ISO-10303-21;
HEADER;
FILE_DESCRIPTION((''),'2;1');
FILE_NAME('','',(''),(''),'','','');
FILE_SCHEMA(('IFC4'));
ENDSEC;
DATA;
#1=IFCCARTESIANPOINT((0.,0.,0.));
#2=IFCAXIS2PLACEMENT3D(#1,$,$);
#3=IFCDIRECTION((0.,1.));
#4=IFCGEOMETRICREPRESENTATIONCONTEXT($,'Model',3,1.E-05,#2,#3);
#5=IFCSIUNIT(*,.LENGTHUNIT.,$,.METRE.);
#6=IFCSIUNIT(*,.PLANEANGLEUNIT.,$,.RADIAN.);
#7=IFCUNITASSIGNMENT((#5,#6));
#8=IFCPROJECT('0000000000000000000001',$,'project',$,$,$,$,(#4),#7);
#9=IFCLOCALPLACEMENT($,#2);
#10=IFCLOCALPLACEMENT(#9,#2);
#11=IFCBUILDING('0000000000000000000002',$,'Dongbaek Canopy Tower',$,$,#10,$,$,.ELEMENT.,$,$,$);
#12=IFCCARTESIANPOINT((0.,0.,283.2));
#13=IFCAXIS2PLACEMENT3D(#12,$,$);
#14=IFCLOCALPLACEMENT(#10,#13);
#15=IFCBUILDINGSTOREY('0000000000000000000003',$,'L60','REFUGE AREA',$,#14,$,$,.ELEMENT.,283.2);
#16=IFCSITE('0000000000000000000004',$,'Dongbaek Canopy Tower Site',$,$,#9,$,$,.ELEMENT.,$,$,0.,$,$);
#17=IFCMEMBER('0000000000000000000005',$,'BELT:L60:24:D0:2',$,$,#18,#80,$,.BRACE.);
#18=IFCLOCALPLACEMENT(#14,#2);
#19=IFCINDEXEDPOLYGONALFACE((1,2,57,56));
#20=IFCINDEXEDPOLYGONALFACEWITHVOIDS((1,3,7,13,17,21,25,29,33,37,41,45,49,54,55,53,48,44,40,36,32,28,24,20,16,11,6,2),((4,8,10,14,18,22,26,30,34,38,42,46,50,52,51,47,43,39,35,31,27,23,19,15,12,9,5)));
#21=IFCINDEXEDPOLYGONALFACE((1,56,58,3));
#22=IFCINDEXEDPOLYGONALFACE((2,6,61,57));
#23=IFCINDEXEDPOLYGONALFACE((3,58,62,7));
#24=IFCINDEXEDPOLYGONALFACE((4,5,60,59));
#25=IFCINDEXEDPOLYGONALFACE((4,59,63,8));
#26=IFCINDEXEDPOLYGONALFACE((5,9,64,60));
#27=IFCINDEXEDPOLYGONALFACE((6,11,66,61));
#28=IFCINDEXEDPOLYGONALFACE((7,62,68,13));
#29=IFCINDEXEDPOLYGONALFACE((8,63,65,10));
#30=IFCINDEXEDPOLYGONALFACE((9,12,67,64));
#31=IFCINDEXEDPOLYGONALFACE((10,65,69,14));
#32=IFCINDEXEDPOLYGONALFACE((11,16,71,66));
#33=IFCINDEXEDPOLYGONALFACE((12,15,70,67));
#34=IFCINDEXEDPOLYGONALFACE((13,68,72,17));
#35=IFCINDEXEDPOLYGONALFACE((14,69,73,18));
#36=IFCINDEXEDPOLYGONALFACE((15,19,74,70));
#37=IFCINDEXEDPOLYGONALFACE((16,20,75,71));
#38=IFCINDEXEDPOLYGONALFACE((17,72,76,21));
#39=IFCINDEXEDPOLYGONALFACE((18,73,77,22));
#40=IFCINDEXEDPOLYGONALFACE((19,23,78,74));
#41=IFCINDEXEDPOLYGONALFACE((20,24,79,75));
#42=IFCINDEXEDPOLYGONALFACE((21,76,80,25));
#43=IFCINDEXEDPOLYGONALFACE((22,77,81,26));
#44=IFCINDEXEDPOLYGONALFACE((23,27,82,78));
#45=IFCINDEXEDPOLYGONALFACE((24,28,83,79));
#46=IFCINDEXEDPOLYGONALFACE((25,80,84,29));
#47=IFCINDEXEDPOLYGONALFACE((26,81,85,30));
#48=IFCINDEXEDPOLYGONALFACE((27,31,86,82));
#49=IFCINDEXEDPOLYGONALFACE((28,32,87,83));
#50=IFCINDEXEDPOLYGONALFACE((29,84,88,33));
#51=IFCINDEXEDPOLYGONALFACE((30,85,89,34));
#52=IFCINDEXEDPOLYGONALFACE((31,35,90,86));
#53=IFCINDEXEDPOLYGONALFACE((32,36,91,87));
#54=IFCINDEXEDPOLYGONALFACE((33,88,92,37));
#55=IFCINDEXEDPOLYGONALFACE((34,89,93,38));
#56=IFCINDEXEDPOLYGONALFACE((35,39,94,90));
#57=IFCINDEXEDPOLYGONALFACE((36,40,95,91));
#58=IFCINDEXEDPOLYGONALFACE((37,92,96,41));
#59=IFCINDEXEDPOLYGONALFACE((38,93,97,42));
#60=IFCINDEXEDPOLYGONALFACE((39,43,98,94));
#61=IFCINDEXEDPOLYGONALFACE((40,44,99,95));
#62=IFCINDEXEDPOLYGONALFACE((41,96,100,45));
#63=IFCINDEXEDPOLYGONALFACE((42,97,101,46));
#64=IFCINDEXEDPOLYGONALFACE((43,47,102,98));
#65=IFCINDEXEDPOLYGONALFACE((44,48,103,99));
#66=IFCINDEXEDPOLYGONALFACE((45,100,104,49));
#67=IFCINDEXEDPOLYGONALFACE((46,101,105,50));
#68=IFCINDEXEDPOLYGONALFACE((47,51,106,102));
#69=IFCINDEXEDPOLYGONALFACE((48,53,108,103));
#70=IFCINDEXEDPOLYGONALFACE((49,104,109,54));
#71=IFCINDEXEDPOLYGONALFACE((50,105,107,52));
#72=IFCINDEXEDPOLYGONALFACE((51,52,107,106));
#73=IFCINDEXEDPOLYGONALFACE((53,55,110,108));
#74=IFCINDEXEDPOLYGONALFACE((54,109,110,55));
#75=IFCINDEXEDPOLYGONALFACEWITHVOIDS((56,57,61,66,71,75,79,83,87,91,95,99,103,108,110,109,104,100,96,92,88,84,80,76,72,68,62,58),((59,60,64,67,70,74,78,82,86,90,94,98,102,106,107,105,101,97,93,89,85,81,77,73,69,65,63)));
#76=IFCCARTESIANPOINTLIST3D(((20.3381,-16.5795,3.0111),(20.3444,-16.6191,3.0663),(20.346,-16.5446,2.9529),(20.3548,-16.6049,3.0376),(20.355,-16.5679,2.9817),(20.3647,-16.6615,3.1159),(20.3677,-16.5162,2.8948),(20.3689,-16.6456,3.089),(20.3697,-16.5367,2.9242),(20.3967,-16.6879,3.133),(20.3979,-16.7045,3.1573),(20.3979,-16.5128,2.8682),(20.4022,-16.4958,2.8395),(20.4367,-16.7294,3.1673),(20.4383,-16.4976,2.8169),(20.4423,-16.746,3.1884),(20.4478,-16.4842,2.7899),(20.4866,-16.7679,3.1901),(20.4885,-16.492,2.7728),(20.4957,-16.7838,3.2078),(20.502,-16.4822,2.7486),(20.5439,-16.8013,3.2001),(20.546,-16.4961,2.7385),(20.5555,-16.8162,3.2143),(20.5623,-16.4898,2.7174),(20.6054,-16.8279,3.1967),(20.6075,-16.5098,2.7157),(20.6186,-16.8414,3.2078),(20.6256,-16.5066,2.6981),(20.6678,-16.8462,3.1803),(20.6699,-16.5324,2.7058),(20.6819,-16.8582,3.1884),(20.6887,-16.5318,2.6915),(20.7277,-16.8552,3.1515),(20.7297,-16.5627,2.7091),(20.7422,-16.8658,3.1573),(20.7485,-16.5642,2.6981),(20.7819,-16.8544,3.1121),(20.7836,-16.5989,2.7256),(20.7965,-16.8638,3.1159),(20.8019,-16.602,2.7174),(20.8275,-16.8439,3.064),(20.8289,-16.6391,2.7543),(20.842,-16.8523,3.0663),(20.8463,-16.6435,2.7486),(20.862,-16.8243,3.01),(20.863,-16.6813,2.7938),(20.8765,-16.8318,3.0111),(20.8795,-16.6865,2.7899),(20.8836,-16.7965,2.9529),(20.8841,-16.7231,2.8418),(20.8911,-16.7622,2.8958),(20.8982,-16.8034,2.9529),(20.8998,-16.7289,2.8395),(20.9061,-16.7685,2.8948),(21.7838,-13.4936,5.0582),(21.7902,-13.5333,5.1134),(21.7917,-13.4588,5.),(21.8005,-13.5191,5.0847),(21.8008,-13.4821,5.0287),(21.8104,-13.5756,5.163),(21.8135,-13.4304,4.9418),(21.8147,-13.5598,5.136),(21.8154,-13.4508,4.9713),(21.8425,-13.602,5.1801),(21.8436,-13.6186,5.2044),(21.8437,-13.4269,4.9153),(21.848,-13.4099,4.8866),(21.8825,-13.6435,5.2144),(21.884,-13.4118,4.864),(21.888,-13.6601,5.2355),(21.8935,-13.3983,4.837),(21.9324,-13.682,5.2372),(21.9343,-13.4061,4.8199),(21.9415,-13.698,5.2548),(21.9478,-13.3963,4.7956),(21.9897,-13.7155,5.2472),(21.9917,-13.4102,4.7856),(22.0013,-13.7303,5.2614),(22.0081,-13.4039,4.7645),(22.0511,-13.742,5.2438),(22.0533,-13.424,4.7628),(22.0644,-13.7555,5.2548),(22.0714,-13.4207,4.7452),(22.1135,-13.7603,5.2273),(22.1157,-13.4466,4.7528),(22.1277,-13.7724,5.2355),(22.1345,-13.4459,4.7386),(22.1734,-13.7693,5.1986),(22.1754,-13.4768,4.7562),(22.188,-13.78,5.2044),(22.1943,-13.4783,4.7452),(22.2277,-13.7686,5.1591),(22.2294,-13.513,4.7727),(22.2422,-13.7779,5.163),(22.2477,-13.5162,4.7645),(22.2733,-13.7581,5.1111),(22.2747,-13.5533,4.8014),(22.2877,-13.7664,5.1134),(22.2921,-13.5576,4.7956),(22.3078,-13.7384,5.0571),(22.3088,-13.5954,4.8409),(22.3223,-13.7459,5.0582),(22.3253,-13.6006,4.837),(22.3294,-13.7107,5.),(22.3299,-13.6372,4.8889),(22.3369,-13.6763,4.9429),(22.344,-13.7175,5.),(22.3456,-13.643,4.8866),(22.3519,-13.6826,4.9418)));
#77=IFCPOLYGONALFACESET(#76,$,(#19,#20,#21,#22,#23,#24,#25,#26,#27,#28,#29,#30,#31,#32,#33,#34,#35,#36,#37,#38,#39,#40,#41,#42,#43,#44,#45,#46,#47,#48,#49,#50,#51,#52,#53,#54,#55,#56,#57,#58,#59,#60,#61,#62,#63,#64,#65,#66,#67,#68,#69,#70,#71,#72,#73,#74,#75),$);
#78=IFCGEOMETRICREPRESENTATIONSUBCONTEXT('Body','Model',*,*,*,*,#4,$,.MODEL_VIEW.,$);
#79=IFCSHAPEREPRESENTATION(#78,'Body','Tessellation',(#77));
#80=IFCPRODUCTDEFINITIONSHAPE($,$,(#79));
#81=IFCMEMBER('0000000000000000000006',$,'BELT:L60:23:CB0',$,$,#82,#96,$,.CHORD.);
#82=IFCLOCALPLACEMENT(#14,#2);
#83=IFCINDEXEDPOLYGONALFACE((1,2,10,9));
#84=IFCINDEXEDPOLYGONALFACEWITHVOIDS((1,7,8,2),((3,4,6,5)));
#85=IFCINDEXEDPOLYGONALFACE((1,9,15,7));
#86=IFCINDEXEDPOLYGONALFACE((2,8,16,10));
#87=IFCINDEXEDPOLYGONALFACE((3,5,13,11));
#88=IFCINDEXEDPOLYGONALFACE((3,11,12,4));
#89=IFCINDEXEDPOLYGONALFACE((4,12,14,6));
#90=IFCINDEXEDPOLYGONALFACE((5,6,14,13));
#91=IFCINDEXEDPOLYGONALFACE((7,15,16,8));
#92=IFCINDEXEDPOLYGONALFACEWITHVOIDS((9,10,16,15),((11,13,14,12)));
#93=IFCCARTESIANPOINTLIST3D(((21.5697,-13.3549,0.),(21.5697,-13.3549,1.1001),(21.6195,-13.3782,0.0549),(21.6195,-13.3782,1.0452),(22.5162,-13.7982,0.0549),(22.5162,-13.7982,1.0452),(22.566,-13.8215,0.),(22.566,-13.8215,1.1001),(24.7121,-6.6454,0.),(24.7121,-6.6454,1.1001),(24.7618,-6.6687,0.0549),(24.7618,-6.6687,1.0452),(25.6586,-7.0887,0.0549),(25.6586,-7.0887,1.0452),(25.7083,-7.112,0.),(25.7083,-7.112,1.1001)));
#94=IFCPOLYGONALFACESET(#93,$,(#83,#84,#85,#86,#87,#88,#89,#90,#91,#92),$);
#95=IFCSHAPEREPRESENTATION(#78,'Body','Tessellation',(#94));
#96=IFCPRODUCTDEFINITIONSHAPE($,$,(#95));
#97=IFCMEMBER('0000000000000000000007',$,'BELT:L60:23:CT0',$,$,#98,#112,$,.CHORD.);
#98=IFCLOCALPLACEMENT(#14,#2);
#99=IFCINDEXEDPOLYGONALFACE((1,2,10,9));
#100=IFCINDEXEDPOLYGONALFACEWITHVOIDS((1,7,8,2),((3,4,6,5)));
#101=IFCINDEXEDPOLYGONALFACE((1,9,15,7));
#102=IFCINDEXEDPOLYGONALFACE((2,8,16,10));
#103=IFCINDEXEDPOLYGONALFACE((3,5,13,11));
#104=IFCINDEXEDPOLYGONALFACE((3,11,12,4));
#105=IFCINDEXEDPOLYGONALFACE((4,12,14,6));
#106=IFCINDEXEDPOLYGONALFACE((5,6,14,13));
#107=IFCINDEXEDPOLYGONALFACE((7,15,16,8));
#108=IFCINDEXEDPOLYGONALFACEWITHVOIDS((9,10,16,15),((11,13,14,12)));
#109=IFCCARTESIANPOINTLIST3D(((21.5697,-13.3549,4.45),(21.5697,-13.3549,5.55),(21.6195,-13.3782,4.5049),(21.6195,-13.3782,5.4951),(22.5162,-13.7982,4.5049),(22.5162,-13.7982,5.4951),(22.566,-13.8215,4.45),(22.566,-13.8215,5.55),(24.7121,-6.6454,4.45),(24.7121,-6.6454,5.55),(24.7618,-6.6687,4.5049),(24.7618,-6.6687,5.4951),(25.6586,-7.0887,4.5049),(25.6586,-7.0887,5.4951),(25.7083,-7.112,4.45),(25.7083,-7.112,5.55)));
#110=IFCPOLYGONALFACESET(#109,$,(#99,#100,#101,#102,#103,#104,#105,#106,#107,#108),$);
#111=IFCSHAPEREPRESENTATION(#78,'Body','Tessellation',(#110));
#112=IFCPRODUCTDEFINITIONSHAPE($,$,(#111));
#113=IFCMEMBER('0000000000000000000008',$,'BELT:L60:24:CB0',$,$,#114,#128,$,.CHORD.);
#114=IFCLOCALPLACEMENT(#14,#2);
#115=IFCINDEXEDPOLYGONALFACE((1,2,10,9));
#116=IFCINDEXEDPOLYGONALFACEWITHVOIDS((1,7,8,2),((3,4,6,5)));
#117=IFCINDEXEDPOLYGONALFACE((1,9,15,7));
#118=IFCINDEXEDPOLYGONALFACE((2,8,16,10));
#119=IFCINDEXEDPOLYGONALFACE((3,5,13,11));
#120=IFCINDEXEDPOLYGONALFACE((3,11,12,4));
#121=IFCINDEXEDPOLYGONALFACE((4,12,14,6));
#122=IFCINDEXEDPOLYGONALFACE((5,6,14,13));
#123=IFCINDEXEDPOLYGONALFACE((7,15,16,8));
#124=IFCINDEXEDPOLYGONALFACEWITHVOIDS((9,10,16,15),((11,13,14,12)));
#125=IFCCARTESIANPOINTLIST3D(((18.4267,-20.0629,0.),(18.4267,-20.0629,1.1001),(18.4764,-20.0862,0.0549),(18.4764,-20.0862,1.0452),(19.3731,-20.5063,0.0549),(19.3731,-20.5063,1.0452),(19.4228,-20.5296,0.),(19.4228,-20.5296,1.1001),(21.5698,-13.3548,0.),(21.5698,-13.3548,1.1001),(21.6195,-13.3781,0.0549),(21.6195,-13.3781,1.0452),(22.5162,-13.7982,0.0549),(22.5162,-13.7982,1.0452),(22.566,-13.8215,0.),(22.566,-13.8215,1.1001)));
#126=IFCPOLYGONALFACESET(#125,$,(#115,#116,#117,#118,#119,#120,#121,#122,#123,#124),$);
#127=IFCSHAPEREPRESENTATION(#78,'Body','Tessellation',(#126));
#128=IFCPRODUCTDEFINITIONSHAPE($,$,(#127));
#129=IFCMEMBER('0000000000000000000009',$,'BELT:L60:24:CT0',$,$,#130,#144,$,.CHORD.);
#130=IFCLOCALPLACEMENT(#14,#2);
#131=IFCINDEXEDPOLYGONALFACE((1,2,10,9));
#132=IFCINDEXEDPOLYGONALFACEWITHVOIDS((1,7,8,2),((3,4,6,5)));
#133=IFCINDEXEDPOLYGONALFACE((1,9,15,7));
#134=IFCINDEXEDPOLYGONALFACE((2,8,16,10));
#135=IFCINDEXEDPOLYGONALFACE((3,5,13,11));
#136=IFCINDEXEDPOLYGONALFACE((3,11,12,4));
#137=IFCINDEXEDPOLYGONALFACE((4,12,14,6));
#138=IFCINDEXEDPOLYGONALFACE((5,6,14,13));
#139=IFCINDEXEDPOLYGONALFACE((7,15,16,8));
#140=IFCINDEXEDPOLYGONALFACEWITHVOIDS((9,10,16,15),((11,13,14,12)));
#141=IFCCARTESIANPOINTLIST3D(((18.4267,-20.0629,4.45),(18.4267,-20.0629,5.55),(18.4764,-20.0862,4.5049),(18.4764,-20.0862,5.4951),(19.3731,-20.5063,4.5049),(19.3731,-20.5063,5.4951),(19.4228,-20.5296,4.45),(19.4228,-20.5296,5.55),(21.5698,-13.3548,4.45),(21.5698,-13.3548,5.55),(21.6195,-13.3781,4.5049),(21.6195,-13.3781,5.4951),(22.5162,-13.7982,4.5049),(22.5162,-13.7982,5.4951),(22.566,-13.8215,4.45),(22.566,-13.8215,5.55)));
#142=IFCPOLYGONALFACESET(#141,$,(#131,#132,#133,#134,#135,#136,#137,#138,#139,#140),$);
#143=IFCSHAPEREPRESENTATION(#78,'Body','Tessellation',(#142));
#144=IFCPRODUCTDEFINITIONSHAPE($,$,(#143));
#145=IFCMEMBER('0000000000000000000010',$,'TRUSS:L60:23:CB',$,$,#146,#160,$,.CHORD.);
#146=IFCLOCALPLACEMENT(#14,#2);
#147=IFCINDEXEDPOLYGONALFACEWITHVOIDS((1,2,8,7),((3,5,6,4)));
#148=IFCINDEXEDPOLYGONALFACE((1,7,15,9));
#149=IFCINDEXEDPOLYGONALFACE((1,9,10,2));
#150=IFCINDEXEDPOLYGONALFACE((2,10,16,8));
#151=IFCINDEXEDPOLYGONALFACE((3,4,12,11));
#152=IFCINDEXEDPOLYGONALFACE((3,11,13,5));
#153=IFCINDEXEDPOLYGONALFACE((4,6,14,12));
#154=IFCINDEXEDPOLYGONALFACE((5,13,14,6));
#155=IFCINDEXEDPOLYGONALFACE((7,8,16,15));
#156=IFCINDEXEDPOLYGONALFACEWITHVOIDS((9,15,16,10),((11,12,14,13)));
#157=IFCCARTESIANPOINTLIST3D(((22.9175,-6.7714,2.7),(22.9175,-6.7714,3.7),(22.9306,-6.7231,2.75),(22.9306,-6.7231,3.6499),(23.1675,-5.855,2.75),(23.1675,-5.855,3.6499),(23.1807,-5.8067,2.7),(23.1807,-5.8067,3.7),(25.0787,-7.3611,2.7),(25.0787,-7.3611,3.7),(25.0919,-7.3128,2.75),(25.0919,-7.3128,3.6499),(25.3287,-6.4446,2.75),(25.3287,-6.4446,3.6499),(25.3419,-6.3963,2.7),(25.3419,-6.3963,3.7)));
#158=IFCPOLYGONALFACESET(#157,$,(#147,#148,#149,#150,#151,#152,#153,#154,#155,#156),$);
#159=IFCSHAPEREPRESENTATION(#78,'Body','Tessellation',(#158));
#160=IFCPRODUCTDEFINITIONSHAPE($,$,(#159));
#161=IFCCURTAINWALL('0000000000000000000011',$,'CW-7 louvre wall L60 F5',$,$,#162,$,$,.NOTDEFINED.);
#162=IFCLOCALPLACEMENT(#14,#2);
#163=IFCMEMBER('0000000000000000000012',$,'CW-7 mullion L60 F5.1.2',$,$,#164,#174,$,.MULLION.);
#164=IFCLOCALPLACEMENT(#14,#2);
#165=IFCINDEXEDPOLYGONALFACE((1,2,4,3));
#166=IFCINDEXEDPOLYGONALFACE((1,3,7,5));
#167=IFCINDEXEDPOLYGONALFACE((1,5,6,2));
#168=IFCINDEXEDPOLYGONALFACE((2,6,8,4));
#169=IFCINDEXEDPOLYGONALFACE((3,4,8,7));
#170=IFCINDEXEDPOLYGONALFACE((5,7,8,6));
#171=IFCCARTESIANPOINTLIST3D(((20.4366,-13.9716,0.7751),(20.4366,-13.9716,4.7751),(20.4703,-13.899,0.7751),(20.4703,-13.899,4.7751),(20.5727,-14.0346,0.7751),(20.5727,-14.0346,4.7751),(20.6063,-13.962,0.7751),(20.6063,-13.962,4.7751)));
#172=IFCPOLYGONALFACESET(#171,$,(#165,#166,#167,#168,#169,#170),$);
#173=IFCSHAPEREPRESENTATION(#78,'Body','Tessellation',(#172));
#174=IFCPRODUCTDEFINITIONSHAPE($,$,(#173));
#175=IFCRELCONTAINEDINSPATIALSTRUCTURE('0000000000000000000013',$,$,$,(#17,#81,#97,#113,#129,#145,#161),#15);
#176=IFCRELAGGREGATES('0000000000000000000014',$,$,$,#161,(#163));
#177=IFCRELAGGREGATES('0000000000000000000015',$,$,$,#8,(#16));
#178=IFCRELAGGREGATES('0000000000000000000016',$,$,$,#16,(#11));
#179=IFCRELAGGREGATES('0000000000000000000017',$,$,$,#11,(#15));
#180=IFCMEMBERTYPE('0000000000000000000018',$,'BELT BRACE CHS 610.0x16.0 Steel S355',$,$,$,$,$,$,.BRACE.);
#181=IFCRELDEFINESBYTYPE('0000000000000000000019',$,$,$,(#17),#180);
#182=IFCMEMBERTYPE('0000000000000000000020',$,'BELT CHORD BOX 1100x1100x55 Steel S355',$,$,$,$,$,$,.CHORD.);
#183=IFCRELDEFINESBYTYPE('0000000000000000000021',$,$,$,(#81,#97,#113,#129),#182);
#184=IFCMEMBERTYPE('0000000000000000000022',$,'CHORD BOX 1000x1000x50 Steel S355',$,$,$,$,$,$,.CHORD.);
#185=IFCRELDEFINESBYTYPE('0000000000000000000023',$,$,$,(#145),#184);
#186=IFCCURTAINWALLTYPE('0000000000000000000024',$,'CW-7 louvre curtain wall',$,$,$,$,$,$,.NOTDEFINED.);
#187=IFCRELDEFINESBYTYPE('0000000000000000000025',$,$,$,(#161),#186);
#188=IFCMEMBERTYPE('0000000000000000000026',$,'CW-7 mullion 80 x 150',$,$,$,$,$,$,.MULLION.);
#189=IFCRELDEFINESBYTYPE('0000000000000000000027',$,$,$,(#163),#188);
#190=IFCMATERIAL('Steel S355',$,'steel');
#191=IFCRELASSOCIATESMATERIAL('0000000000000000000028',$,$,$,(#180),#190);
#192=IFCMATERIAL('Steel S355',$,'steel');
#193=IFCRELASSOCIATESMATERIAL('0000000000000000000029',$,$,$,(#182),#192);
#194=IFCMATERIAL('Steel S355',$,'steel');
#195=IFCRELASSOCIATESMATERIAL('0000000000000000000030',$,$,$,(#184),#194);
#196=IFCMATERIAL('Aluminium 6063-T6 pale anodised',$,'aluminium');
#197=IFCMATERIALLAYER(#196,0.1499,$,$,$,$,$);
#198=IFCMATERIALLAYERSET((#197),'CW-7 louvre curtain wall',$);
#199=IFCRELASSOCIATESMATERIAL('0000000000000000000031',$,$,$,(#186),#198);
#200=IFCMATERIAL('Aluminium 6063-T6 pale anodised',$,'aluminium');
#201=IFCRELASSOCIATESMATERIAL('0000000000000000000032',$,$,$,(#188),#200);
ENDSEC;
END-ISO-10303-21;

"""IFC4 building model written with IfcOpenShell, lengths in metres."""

from ifc_helpers import new_model, si_unit, direction, frame, origin, origin_2d, place, context, subcontext, project, spatial, rectangle, hollow_rectangle, hollow_circle, extrude, material, layer, layer_set, material_profile, profile_set, type_object, element, aggregate, save


model = new_model("IFC4")

# Units and contexts
model_context = context("Model", 3, precision=1e-05, world=origin(), true_north=direction((0.0, 1.0)))
body_context = subcontext(model_context, "Body", "Model", "MODEL_VIEW")
ifc_project = project(units=[si_unit("LENGTHUNIT", "METRE"), si_unit("PLANEANGLEUNIT", "RADIAN")], contexts=[model_context])

# Site, building, storey
site_placement = place(None, origin())
site = spatial("IfcSite", under=ifc_project, at=site_placement, Name="Dongbaek Canopy Tower Site", CompositionType="ELEMENT", RefElevation=0.0)
building_placement = place(site_placement, origin())
building = spatial("IfcBuilding", under=site, at=building_placement, Name="Dongbaek Canopy Tower", CompositionType="ELEMENT")
storey_placement = place(building_placement, frame((0.0, 0.0, 283.2)))
storey = spatial("IfcBuildingStorey", under=building, at=storey_placement, Name="L60", Description="REFUGE AREA", CompositionType="ELEMENT", Elevation=283.2)

# Members
ifc_material_1 = material(Name="Steel S355", Category="steel")
ifc_material_profile_1 = material_profile(ifc_material_1, hollow_circle(Radius=0.3049, WallThickness=0.0161, at=origin_2d()), Name="BELT BRACE CHS 610.0x16.0 Steel S355")
ifc_profile_set_1 = profile_set([ifc_material_profile_1], Name="Steel S355")
member_type_1 = type_object("IfcMemberType", Name="BELT BRACE CHS 610.0x16.0 Steel S355", PredefinedType="BRACE", material=ifc_profile_set_1)
member_1_placement = place(storey_placement, frame((22.0679, -13.5881, 5.0), z_axis=(-0.363684, -0.776252, -0.514943), x_axis=(0.905542, -0.424258, 0.0)))
element("IfcMember", 1, at=member_1_placement, inside=storey, type_object=member_type_1, Name="BELT:L60:24:D0:2", PredefinedType="BRACE", context=body_context, shape_type="SweptSolid", body=[
    extrude(hollow_circle(Radius=0.3049, WallThickness=0.0161, at=origin_2d()), origin(), (0.0, 0.0, 1.0), 3.9753),
])
ifc_material_2 = material(Name="Steel S355", Category="steel")
ifc_material_profile_2 = material_profile(ifc_material_2, hollow_rectangle(XDim=1.1001, YDim=1.1001, WallThickness=0.0549, at=origin_2d()), Name="BELT CHORD BOX 1100x1100x55 Steel S355")
ifc_profile_set_2 = profile_set([ifc_material_profile_2], Name="Steel S355")
member_type_2 = type_object("IfcMemberType", Name="BELT CHORD BOX 1100x1100x55 Steel S355", PredefinedType="CHORD", material=ifc_profile_set_2)
for number, where, z_axis, x_axis, name in (
    (2, (25.2102, -6.8787, 0.55), (-0.424132, -0.905601, 0.0), (0.905601, -0.424132, 0.0), "BELT:L60:23:CB0"),
    (3, (25.2102, -6.8787, 5.0), (-0.424132, -0.905601, 0.0), (0.905601, -0.424132, 0.0), "BELT:L60:23:CT0"),
):
    element("IfcMember", number, at=place(storey_placement, frame(where, z_axis=z_axis, x_axis=x_axis)), inside=storey, type_object=member_type_2, Name=name, PredefinedType="CHORD", context=body_context, shape_type="SweptSolid", body=[
        extrude(hollow_rectangle(XDim=1.1001, YDim=1.1001, WallThickness=0.0549, at=origin_2d()), origin(), (0.0, 0.0, 1.0), 7.4089),
    ])
for number, where, z_axis, x_axis, name in (
    (4, (22.0679, -13.5881, 0.55), (-0.424289, -0.905527, 0.0), (0.905527, -0.424289, 0.0), "BELT:L60:24:CB0"),
    (5, (22.0679, -13.5881, 5.0), (-0.424289, -0.905527, 0.0), (0.905527, -0.424289, 0.0), "BELT:L60:24:CT0"),
):
    element("IfcMember", number, at=place(storey_placement, frame(where, z_axis=z_axis, x_axis=x_axis)), inside=storey, type_object=member_type_2, Name=name, PredefinedType="CHORD", context=body_context, shape_type="SweptSolid", body=[
        extrude(hollow_rectangle(XDim=1.1001, YDim=1.1001, WallThickness=0.0549, at=origin_2d()), origin(), (0.0, 0.0, 1.0), 7.408),
    ])
ifc_material_3 = material(Name="Steel S355", Category="steel")
ifc_material_profile_3 = material_profile(ifc_material_3, hollow_rectangle(XDim=1.0, YDim=1.0, WallThickness=0.05, at=origin_2d()), Name="CHORD BOX 1000x1000x50 Steel S355")
ifc_profile_set_3 = profile_set([ifc_material_profile_3], Name="Steel S355")
member_type_3 = type_object("IfcMemberType", Name="CHORD BOX 1000x1000x50 Steel S355", PredefinedType="CHORD", material=ifc_profile_set_3)
member_2_placement = place(storey_placement, frame((23.0491, -6.2891, 3.2), z_axis=(0.964741, -0.2632, 0.0), x_axis=(0.2632, 0.964741, 0.0)))
element("IfcMember", 6, at=member_2_placement, inside=storey, type_object=member_type_3, Name="TRUSS:L60:23:CB", PredefinedType="CHORD", context=body_context, shape_type="SweptSolid", body=[
    extrude(hollow_rectangle(XDim=1.0, YDim=1.0, WallThickness=0.05, at=origin_2d()), origin(), (0.0, 0.0, 1.0), 2.2402),
])

# Curtain wall, member
ifc_material_4 = material(Name="Aluminium 6063-T6 pale anodised", Category="aluminium")
ifc_layer_1 = layer(ifc_material_4, 0.1499)
ifc_layer_set_1 = layer_set([ifc_layer_1], Name="CW-7 louvre curtain wall")
curtain_wall_type = type_object("IfcCurtainWallType", Name="CW-7 louvre curtain wall", PredefinedType="NOTDEFINED", material=ifc_layer_set_1)
curtain_wall_placement = place(storey_placement, origin())
curtain_wall = element("IfcCurtainWall", 7, at=curtain_wall_placement, inside=storey, type_object=curtain_wall_type, Name="CW-7 louvre wall L60 F5", PredefinedType="NOTDEFINED")
ifc_material_5 = material(Name="Aluminium 6063-T6 pale anodised", Category="aluminium")
ifc_material_profile_4 = material_profile(ifc_material_5, rectangle(XDim=0.1499, YDim=0.0801, at=origin_2d()), Name="CW-7 mullion 80 x 150")
ifc_profile_set_4 = profile_set([ifc_material_profile_4], Name="Aluminium 6063-T6 pale anodised")
member_type_4 = type_object("IfcMemberType", Name="CW-7 mullion 80 x 150", PredefinedType="MULLION", material=ifc_profile_set_4)
member_3_placement = place(storey_placement, frame((20.5215, -13.9668, 0.7751), z_axis=(0.0, 0.0, 1.0), x_axis=(0.907385, -0.4203, 0.0)))
member_3 = element("IfcMember", 8, at=member_3_placement, type_object=member_type_4, Name="CW-7 mullion L60 F5.1.2", PredefinedType="MULLION", context=body_context, shape_type="SweptSolid", body=[
    extrude(rectangle(XDim=0.1499, YDim=0.0801, at=origin_2d()), origin(), (0.0, 0.0, 1.0), 4.0),
])

aggregate(curtain_wall, [member_3])

save(model, "model.ifc")
